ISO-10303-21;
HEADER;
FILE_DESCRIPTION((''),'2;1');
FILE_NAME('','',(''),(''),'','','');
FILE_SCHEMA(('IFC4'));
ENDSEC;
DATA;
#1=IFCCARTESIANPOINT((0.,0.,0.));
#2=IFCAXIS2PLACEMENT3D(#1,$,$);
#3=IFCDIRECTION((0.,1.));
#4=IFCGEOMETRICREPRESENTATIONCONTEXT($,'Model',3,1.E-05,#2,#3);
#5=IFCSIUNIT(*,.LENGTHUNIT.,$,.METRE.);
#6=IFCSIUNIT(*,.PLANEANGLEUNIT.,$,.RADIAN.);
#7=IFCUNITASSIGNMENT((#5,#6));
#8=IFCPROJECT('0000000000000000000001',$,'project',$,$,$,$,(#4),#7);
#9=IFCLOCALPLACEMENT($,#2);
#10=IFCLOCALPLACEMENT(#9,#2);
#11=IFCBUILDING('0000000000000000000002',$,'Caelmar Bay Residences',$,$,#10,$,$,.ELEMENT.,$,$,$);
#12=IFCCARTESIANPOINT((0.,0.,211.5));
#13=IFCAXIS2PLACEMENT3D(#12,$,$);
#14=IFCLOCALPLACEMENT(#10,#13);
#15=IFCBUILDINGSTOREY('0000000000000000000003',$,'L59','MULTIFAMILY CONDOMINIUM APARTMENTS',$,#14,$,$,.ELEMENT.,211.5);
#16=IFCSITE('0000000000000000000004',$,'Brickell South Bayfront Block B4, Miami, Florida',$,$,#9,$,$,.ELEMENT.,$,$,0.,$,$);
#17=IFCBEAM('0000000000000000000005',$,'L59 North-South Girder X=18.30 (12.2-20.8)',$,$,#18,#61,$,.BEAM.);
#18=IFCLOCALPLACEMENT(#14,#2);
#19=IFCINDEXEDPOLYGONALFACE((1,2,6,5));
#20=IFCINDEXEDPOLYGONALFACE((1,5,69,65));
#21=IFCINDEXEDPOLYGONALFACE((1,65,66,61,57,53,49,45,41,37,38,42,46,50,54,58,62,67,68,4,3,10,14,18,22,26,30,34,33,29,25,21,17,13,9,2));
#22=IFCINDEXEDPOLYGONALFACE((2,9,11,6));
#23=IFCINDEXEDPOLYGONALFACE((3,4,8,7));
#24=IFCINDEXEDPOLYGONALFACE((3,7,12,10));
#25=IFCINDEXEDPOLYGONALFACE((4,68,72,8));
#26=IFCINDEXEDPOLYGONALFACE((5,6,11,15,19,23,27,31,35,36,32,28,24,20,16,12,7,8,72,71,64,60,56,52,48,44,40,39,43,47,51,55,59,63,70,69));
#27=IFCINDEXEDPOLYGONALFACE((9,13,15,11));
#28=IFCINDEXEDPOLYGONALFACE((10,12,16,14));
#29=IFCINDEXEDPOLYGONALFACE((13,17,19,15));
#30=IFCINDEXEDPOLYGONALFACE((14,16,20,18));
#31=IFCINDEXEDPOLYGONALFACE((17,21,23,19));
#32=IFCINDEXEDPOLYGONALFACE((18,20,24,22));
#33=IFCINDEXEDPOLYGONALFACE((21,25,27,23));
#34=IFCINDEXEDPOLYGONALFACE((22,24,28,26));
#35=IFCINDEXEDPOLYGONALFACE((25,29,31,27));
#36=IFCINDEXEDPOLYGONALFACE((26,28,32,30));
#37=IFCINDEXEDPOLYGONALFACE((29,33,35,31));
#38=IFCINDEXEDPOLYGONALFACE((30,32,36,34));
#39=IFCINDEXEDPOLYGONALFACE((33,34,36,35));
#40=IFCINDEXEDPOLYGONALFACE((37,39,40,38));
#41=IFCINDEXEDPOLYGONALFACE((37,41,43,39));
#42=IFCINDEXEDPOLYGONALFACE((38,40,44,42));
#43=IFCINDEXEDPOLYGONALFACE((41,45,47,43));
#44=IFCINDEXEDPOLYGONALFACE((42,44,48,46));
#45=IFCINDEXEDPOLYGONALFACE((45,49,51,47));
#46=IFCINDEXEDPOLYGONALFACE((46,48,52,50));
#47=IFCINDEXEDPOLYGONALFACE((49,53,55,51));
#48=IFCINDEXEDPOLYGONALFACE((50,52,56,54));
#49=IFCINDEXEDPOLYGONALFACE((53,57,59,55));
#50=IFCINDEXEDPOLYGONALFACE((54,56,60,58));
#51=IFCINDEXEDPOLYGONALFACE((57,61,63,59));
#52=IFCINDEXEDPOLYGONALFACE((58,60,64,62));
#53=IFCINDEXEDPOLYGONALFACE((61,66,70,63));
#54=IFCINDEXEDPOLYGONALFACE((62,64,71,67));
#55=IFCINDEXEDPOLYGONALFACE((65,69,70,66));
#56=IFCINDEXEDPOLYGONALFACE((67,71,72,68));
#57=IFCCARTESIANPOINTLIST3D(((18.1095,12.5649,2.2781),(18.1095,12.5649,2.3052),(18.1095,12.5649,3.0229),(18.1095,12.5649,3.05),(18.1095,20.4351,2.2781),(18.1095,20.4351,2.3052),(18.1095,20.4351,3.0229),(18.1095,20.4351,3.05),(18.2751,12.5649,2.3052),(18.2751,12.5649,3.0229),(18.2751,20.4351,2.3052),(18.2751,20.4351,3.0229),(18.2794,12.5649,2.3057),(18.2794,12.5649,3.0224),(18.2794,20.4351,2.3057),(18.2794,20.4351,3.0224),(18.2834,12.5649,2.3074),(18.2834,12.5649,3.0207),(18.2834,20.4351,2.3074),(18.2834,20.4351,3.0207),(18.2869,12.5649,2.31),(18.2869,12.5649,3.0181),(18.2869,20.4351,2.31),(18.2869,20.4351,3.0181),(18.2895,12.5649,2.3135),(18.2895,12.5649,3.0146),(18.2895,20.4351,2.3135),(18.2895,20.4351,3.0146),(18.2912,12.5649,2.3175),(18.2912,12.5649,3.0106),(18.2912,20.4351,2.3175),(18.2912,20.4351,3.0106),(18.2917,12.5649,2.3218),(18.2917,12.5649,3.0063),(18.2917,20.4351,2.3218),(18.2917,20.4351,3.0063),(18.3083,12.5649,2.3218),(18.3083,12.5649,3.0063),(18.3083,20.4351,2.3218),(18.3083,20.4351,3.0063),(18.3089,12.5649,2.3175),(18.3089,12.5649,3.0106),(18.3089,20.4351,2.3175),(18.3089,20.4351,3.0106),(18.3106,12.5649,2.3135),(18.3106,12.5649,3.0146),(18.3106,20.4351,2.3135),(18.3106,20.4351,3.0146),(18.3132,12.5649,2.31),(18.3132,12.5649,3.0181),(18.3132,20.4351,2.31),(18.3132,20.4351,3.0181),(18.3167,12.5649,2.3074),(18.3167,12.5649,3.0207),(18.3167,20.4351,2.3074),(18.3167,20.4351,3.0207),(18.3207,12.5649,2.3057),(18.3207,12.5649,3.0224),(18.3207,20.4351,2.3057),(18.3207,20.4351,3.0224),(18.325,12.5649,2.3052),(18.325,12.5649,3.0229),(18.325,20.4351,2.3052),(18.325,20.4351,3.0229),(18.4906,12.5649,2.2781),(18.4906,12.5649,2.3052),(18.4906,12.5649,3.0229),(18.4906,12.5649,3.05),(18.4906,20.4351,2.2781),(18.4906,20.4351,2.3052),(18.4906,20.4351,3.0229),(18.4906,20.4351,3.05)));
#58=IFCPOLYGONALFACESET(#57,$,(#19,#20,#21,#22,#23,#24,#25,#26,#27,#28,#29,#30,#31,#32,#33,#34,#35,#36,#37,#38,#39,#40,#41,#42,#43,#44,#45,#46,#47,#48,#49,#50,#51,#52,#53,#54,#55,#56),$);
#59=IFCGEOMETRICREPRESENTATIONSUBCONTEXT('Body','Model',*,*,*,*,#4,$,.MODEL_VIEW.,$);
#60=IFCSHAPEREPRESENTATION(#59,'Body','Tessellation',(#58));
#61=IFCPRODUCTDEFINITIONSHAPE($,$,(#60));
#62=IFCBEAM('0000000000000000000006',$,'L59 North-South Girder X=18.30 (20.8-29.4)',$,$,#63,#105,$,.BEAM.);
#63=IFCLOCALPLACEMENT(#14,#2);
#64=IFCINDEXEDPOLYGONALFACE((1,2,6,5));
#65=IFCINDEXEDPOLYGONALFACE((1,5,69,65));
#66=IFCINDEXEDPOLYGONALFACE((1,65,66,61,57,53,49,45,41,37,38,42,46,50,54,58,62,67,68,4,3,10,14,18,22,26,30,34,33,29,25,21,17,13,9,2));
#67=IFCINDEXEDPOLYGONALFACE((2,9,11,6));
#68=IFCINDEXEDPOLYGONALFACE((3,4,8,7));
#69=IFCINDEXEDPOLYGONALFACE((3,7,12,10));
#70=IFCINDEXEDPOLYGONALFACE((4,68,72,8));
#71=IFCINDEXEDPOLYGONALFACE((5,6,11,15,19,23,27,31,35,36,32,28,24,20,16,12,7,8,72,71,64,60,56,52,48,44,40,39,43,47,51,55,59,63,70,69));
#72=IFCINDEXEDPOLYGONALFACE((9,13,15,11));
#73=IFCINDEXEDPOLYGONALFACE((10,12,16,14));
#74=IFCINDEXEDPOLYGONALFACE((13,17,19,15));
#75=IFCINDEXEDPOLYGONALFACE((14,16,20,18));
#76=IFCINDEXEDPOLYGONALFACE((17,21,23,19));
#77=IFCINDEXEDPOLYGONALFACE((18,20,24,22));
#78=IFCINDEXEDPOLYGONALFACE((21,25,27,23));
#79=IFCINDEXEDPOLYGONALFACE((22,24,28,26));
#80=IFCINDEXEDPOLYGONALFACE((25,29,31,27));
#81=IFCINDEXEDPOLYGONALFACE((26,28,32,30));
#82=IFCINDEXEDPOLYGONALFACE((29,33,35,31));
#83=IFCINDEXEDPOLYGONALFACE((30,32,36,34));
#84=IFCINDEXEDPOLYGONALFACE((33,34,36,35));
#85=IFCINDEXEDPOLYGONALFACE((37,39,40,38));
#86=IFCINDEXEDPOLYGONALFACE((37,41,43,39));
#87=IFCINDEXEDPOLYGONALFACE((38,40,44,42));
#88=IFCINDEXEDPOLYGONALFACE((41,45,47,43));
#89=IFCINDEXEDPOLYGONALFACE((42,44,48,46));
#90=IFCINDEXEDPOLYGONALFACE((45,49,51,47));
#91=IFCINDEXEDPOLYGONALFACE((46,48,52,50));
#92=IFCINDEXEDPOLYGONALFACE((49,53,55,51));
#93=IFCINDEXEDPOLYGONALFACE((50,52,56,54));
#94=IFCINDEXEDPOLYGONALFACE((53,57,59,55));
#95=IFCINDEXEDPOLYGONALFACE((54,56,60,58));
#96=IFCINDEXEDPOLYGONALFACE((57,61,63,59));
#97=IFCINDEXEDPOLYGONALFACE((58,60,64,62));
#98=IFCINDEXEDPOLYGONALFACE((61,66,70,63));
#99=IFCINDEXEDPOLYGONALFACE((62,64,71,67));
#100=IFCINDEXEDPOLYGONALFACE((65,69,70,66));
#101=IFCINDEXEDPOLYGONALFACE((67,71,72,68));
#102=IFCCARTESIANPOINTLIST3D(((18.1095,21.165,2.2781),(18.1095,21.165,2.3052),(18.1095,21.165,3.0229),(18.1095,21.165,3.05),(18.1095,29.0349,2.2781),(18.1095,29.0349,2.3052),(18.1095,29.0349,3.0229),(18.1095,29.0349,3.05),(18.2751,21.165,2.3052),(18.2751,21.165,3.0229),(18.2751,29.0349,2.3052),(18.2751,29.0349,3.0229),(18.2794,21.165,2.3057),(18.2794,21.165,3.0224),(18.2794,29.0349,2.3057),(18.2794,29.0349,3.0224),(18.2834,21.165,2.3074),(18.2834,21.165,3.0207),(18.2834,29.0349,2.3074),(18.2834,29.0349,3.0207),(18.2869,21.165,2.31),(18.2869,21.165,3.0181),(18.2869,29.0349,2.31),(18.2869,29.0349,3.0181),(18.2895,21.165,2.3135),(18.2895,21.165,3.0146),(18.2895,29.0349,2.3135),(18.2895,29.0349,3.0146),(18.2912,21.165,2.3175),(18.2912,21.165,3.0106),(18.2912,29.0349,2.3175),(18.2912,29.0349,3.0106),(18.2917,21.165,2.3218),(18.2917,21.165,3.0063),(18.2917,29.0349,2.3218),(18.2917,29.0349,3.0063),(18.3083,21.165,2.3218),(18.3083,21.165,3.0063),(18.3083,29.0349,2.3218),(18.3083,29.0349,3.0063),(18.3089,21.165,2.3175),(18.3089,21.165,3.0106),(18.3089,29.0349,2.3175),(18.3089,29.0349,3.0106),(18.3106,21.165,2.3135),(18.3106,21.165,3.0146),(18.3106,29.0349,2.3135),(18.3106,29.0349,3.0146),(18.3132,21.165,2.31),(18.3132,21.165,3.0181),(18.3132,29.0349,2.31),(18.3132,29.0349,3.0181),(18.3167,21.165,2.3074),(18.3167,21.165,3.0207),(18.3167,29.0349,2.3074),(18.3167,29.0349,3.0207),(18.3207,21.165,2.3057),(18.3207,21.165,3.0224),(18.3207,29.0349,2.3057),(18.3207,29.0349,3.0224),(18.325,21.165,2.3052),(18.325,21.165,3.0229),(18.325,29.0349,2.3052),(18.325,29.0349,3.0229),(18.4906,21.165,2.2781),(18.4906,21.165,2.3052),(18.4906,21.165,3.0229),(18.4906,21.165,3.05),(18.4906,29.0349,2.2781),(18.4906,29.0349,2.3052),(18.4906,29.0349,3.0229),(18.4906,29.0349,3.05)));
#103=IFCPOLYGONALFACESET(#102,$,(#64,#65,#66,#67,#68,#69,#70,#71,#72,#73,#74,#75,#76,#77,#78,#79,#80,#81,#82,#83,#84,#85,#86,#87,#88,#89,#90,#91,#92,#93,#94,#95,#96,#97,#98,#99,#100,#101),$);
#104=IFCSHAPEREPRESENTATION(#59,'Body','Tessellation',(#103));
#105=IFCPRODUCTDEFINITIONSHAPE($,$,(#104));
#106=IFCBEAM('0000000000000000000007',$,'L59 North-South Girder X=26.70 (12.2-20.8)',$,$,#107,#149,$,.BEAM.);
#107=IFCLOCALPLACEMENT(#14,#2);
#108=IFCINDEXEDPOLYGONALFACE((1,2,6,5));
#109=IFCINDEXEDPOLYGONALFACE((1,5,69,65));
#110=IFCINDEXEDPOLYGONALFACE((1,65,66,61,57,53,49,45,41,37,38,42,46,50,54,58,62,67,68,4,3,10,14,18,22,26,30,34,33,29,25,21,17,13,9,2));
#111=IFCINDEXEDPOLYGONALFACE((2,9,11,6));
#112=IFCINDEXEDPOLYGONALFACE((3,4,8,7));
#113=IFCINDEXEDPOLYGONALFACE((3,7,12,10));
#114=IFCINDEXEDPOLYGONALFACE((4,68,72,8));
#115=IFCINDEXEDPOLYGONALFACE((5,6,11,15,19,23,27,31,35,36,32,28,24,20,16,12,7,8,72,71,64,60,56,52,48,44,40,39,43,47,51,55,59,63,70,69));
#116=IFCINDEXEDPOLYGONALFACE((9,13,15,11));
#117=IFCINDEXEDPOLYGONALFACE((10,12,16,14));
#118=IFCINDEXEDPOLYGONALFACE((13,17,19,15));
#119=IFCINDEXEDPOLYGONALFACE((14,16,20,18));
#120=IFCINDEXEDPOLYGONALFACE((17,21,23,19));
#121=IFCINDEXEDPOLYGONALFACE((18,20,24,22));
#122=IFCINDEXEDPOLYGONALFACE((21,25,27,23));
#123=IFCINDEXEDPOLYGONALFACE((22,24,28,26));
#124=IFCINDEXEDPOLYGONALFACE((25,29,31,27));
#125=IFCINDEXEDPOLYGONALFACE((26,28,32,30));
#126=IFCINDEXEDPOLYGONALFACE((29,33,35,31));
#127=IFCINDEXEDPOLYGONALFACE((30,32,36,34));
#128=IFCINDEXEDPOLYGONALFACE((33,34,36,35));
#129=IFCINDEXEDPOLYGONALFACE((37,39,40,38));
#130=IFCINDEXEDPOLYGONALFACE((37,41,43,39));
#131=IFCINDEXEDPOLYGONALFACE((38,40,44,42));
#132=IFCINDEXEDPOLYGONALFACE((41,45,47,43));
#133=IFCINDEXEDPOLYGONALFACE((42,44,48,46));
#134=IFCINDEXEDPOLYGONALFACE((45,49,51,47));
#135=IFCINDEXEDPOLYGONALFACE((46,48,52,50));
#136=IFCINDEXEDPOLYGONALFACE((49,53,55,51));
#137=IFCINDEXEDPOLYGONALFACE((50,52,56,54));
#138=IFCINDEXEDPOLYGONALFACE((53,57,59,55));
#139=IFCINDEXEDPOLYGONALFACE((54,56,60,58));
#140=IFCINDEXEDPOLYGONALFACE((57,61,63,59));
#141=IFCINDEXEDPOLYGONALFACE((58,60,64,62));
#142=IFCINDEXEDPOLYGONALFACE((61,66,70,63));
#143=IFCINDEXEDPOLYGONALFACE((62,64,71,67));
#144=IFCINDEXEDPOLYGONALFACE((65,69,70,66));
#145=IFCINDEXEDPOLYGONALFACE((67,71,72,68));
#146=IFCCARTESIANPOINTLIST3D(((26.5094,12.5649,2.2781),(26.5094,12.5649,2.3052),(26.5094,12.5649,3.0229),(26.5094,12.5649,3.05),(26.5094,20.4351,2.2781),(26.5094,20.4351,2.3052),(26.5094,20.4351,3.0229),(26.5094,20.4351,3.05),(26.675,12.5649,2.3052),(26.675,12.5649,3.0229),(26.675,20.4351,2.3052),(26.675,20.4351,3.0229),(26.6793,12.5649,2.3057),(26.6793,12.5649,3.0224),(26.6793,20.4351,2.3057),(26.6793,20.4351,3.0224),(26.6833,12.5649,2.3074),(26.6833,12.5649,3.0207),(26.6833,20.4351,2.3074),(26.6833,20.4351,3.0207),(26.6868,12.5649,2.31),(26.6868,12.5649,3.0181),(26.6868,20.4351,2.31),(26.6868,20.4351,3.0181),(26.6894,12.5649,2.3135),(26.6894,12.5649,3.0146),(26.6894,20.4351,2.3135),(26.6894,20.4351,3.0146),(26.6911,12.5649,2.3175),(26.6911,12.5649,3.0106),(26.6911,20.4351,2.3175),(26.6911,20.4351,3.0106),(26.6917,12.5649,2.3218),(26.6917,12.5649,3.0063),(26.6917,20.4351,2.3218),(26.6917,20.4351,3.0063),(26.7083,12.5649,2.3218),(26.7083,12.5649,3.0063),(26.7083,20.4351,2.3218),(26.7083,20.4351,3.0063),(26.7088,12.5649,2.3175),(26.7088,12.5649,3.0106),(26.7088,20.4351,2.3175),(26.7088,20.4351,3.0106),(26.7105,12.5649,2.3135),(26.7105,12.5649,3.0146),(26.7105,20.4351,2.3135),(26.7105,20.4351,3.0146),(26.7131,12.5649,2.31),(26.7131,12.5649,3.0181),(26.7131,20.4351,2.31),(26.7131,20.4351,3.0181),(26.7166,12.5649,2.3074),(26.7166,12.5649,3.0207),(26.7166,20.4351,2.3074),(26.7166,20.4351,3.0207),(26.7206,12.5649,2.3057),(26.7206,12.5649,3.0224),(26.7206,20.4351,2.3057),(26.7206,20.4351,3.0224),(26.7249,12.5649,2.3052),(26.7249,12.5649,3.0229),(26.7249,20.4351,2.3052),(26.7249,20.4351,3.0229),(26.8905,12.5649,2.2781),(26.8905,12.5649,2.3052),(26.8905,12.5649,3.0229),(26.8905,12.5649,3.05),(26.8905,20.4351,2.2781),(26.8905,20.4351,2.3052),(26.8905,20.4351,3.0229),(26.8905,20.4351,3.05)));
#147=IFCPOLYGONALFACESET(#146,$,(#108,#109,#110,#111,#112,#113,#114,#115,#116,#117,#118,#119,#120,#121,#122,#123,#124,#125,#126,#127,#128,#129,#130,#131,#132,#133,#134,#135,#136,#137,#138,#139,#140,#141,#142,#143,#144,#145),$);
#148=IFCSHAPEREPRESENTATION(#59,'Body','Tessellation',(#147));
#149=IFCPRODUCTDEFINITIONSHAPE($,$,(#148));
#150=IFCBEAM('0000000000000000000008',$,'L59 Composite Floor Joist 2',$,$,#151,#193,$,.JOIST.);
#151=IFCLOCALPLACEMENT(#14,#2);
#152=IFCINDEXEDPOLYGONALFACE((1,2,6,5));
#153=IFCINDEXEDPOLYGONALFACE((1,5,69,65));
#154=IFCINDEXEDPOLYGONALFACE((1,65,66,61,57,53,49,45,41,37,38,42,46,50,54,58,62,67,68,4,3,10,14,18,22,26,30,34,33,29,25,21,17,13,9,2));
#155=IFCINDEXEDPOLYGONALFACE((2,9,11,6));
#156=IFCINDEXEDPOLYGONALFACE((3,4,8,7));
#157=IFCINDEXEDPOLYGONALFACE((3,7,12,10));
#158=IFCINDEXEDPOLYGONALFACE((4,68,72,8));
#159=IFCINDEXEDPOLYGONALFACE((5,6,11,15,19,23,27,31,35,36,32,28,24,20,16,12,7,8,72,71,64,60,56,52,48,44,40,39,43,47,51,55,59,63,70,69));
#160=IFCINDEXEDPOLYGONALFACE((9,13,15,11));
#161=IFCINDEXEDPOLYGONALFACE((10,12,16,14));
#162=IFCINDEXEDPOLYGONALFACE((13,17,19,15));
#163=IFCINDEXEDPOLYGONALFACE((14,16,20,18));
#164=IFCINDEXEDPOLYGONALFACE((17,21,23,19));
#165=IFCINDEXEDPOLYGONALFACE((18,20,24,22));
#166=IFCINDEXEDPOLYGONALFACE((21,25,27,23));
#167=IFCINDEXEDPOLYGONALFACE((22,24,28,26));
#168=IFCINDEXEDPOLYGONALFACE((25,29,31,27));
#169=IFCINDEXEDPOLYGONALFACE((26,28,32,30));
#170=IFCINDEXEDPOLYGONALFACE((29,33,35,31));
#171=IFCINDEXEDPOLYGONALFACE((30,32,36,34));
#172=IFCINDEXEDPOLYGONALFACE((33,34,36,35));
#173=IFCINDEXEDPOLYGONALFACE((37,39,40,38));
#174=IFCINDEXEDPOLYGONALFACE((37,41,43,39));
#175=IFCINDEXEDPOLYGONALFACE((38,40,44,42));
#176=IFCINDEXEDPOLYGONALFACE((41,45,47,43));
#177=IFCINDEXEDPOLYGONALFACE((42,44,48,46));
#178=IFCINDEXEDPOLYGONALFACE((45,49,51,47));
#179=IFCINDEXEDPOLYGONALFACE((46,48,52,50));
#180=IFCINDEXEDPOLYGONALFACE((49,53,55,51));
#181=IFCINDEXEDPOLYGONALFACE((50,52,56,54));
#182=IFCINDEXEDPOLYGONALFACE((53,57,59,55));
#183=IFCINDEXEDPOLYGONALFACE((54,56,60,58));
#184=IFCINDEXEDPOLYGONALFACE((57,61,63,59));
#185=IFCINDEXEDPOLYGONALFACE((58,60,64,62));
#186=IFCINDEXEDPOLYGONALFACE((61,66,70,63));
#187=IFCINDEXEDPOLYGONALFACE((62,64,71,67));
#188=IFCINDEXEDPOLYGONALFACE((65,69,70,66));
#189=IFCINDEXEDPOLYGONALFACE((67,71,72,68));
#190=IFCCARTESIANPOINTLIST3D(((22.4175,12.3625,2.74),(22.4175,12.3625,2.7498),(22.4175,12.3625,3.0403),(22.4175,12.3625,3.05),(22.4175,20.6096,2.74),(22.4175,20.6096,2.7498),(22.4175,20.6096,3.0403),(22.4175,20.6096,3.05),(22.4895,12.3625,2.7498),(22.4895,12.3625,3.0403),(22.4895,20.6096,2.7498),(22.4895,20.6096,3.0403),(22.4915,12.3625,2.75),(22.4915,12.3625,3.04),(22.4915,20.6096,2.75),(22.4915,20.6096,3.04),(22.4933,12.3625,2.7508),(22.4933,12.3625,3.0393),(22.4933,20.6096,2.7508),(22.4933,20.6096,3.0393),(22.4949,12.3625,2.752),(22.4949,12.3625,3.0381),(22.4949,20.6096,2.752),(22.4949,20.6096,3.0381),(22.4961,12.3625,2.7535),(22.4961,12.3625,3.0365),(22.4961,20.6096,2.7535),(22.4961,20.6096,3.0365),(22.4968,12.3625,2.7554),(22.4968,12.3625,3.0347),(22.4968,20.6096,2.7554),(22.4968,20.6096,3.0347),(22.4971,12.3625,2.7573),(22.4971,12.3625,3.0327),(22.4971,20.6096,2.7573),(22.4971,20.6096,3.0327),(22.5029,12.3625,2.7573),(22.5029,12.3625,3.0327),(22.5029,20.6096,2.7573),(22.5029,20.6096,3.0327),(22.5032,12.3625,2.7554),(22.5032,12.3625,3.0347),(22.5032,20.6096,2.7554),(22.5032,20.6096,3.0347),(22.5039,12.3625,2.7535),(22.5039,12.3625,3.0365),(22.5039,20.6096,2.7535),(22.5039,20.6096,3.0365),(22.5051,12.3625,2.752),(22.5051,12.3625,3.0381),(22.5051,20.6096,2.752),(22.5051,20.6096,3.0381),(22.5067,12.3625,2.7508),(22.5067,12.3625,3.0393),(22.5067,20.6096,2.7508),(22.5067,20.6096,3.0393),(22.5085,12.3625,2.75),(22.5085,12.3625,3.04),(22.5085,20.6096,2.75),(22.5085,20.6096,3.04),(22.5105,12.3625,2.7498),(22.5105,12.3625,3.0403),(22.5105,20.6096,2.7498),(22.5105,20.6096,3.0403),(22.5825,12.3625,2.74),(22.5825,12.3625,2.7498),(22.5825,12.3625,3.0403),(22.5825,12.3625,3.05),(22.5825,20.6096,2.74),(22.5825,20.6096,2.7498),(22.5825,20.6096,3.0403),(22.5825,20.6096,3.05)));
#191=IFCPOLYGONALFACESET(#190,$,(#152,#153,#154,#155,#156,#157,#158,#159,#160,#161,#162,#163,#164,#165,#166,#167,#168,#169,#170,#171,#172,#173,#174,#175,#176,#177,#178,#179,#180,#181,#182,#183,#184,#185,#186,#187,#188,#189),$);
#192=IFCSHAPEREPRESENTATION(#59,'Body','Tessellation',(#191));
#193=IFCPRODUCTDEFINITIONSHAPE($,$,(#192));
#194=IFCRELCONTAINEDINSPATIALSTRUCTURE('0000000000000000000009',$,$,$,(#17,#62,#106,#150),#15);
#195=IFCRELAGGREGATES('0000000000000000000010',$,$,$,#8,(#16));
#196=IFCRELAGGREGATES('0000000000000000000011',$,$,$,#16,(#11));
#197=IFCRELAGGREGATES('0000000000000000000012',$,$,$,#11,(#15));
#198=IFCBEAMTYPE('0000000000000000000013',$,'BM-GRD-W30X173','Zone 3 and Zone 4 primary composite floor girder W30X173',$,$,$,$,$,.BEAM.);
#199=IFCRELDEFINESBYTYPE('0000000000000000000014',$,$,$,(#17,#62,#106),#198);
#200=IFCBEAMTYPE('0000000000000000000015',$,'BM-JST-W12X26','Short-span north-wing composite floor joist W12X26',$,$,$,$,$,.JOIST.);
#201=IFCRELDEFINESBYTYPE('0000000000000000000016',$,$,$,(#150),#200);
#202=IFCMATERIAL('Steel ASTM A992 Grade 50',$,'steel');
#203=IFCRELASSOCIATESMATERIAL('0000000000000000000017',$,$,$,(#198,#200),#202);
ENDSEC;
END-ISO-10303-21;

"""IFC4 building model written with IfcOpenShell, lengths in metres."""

from ifc_helpers import new_model, si_unit, direction, frame, origin, origin_2d, place, context, subcontext, project, spatial, i_section, extrude, material, material_profile, profile_set, type_object, element, save


model = new_model("IFC4")

# Units and contexts
model_context = context("Model", 3, precision=1e-05, world=origin(), true_north=direction((0.0, 1.0)))
body_context = subcontext(model_context, "Body", "Model", "MODEL_VIEW")
ifc_project = project(units=[si_unit("LENGTHUNIT", "METRE"), si_unit("PLANEANGLEUNIT", "RADIAN")], contexts=[model_context])

# Site, building, storey
site_placement = place(None, origin())
site = spatial("IfcSite", under=ifc_project, at=site_placement, Name="Brickell South Bayfront Block B4, Miami, Florida", CompositionType="ELEMENT", RefElevation=0.0)
building_placement = place(site_placement, origin())
building = spatial("IfcBuilding", under=site, at=building_placement, Name="Caelmar Bay Residences", CompositionType="ELEMENT")
storey_placement = place(building_placement, frame((0.0, 0.0, 211.5)))
storey = spatial("IfcBuildingStorey", under=building, at=storey_placement, Name="L59", Description="MULTIFAMILY CONDOMINIUM APARTMENTS", CompositionType="ELEMENT", Elevation=211.5)

# Beams
ifc_material_1 = material(Name="Steel ASTM A992 Grade 50", Category="steel")
ifc_material_profile_1 = material_profile(ifc_material_1, i_section(OverallWidth=0.3811, OverallDepth=0.772, WebThickness=0.0166, FlangeThickness=0.0271, FilletRadius=0.0166, at=origin_2d()), Name="W30X173")
ifc_profile_set_1 = profile_set([ifc_material_profile_1], Name="Steel ASTM A992 Grade 50")
beam_type_1 = type_object("IfcBeamType", Name="BM-GRD-W30X173", Description="Zone 3 and Zone 4 primary composite floor girder W30X173", PredefinedType="BEAM", material=ifc_profile_set_1)
beam_1_placement = place(storey_placement, frame((18.3, 12.5649, 2.6641), z_axis=(0.0, 1.0, 0.0), x_axis=(-1.0, 0.0, 0.0)))
element("IfcBeam", 1, at=beam_1_placement, inside=storey, type_object=beam_type_1, Name="L59 North-South Girder X=18.30 (12.2-20.8)", PredefinedType="BEAM", context=body_context, shape_type="SweptSolid", body=[
    extrude(i_section(OverallWidth=0.3811, OverallDepth=0.772, WebThickness=0.0166, FlangeThickness=0.0271, FilletRadius=0.0166, at=origin_2d()), origin(), (0.0, 0.0, 1.0), 7.8701),
])
beam_2_placement = place(storey_placement, frame((18.3, 21.165, 2.6641), z_axis=(0.0, 1.0, 0.0), x_axis=(-1.0, 0.0, 0.0)))
element("IfcBeam", 2, at=beam_2_placement, inside=storey, type_object=beam_type_1, Name="L59 North-South Girder X=18.30 (20.8-29.4)", PredefinedType="BEAM", context=body_context, shape_type="SweptSolid", body=[
    extrude(i_section(OverallWidth=0.3811, OverallDepth=0.772, WebThickness=0.0166, FlangeThickness=0.0271, FilletRadius=0.0166, at=origin_2d()), origin(), (0.0, 0.0, 1.0), 7.8699),
])
beam_3_placement = place(storey_placement, frame((26.7, 12.5649, 2.6641), z_axis=(0.0, 1.0, 0.0), x_axis=(-1.0, 0.0, 0.0)))
element("IfcBeam", 3, at=beam_3_placement, inside=storey, type_object=beam_type_1, Name="L59 North-South Girder X=26.70 (12.2-20.8)", PredefinedType="BEAM", context=body_context, shape_type="SweptSolid", body=[
    extrude(i_section(OverallWidth=0.3811, OverallDepth=0.772, WebThickness=0.0166, FlangeThickness=0.0271, FilletRadius=0.0166, at=origin_2d()), origin(), (0.0, 0.0, 1.0), 7.8701),
])
ifc_material_profile_2 = material_profile(ifc_material_1, i_section(OverallWidth=0.165, OverallDepth=0.3101, WebThickness=0.0059, FlangeThickness=0.0098, FilletRadius=0.0076, at=origin_2d()), Name="W12X26")
ifc_profile_set_2 = profile_set([ifc_material_profile_2], Name="Steel ASTM A992 Grade 50")
beam_type_2 = type_object("IfcBeamType", Name="BM-JST-W12X26", Description="Short-span north-wing composite floor joist W12X26", PredefinedType="JOIST", material=ifc_profile_set_2)
for number, where, z_axis, x_axis, name in (
    (4, (22.5, 12.3625, 2.895), (0.0, 1.0, 0.0), (-1.0, 0.0, 0.0), "L59 Composite Floor Joist 2"),
):
    element("IfcBeam", number, at=place(storey_placement, frame(where, z_axis=z_axis, x_axis=x_axis)), inside=storey, type_object=beam_type_2, Name=name, PredefinedType="JOIST", context=body_context, shape_type="SweptSolid", body=[
        extrude(i_section(OverallWidth=0.165, OverallDepth=0.3101, WebThickness=0.0059, FlangeThickness=0.0098, FilletRadius=0.0076, at=origin_2d()), origin(), (0.0, 0.0, 1.0), 8.2471),
    ])

save(model, "model.ifc")
